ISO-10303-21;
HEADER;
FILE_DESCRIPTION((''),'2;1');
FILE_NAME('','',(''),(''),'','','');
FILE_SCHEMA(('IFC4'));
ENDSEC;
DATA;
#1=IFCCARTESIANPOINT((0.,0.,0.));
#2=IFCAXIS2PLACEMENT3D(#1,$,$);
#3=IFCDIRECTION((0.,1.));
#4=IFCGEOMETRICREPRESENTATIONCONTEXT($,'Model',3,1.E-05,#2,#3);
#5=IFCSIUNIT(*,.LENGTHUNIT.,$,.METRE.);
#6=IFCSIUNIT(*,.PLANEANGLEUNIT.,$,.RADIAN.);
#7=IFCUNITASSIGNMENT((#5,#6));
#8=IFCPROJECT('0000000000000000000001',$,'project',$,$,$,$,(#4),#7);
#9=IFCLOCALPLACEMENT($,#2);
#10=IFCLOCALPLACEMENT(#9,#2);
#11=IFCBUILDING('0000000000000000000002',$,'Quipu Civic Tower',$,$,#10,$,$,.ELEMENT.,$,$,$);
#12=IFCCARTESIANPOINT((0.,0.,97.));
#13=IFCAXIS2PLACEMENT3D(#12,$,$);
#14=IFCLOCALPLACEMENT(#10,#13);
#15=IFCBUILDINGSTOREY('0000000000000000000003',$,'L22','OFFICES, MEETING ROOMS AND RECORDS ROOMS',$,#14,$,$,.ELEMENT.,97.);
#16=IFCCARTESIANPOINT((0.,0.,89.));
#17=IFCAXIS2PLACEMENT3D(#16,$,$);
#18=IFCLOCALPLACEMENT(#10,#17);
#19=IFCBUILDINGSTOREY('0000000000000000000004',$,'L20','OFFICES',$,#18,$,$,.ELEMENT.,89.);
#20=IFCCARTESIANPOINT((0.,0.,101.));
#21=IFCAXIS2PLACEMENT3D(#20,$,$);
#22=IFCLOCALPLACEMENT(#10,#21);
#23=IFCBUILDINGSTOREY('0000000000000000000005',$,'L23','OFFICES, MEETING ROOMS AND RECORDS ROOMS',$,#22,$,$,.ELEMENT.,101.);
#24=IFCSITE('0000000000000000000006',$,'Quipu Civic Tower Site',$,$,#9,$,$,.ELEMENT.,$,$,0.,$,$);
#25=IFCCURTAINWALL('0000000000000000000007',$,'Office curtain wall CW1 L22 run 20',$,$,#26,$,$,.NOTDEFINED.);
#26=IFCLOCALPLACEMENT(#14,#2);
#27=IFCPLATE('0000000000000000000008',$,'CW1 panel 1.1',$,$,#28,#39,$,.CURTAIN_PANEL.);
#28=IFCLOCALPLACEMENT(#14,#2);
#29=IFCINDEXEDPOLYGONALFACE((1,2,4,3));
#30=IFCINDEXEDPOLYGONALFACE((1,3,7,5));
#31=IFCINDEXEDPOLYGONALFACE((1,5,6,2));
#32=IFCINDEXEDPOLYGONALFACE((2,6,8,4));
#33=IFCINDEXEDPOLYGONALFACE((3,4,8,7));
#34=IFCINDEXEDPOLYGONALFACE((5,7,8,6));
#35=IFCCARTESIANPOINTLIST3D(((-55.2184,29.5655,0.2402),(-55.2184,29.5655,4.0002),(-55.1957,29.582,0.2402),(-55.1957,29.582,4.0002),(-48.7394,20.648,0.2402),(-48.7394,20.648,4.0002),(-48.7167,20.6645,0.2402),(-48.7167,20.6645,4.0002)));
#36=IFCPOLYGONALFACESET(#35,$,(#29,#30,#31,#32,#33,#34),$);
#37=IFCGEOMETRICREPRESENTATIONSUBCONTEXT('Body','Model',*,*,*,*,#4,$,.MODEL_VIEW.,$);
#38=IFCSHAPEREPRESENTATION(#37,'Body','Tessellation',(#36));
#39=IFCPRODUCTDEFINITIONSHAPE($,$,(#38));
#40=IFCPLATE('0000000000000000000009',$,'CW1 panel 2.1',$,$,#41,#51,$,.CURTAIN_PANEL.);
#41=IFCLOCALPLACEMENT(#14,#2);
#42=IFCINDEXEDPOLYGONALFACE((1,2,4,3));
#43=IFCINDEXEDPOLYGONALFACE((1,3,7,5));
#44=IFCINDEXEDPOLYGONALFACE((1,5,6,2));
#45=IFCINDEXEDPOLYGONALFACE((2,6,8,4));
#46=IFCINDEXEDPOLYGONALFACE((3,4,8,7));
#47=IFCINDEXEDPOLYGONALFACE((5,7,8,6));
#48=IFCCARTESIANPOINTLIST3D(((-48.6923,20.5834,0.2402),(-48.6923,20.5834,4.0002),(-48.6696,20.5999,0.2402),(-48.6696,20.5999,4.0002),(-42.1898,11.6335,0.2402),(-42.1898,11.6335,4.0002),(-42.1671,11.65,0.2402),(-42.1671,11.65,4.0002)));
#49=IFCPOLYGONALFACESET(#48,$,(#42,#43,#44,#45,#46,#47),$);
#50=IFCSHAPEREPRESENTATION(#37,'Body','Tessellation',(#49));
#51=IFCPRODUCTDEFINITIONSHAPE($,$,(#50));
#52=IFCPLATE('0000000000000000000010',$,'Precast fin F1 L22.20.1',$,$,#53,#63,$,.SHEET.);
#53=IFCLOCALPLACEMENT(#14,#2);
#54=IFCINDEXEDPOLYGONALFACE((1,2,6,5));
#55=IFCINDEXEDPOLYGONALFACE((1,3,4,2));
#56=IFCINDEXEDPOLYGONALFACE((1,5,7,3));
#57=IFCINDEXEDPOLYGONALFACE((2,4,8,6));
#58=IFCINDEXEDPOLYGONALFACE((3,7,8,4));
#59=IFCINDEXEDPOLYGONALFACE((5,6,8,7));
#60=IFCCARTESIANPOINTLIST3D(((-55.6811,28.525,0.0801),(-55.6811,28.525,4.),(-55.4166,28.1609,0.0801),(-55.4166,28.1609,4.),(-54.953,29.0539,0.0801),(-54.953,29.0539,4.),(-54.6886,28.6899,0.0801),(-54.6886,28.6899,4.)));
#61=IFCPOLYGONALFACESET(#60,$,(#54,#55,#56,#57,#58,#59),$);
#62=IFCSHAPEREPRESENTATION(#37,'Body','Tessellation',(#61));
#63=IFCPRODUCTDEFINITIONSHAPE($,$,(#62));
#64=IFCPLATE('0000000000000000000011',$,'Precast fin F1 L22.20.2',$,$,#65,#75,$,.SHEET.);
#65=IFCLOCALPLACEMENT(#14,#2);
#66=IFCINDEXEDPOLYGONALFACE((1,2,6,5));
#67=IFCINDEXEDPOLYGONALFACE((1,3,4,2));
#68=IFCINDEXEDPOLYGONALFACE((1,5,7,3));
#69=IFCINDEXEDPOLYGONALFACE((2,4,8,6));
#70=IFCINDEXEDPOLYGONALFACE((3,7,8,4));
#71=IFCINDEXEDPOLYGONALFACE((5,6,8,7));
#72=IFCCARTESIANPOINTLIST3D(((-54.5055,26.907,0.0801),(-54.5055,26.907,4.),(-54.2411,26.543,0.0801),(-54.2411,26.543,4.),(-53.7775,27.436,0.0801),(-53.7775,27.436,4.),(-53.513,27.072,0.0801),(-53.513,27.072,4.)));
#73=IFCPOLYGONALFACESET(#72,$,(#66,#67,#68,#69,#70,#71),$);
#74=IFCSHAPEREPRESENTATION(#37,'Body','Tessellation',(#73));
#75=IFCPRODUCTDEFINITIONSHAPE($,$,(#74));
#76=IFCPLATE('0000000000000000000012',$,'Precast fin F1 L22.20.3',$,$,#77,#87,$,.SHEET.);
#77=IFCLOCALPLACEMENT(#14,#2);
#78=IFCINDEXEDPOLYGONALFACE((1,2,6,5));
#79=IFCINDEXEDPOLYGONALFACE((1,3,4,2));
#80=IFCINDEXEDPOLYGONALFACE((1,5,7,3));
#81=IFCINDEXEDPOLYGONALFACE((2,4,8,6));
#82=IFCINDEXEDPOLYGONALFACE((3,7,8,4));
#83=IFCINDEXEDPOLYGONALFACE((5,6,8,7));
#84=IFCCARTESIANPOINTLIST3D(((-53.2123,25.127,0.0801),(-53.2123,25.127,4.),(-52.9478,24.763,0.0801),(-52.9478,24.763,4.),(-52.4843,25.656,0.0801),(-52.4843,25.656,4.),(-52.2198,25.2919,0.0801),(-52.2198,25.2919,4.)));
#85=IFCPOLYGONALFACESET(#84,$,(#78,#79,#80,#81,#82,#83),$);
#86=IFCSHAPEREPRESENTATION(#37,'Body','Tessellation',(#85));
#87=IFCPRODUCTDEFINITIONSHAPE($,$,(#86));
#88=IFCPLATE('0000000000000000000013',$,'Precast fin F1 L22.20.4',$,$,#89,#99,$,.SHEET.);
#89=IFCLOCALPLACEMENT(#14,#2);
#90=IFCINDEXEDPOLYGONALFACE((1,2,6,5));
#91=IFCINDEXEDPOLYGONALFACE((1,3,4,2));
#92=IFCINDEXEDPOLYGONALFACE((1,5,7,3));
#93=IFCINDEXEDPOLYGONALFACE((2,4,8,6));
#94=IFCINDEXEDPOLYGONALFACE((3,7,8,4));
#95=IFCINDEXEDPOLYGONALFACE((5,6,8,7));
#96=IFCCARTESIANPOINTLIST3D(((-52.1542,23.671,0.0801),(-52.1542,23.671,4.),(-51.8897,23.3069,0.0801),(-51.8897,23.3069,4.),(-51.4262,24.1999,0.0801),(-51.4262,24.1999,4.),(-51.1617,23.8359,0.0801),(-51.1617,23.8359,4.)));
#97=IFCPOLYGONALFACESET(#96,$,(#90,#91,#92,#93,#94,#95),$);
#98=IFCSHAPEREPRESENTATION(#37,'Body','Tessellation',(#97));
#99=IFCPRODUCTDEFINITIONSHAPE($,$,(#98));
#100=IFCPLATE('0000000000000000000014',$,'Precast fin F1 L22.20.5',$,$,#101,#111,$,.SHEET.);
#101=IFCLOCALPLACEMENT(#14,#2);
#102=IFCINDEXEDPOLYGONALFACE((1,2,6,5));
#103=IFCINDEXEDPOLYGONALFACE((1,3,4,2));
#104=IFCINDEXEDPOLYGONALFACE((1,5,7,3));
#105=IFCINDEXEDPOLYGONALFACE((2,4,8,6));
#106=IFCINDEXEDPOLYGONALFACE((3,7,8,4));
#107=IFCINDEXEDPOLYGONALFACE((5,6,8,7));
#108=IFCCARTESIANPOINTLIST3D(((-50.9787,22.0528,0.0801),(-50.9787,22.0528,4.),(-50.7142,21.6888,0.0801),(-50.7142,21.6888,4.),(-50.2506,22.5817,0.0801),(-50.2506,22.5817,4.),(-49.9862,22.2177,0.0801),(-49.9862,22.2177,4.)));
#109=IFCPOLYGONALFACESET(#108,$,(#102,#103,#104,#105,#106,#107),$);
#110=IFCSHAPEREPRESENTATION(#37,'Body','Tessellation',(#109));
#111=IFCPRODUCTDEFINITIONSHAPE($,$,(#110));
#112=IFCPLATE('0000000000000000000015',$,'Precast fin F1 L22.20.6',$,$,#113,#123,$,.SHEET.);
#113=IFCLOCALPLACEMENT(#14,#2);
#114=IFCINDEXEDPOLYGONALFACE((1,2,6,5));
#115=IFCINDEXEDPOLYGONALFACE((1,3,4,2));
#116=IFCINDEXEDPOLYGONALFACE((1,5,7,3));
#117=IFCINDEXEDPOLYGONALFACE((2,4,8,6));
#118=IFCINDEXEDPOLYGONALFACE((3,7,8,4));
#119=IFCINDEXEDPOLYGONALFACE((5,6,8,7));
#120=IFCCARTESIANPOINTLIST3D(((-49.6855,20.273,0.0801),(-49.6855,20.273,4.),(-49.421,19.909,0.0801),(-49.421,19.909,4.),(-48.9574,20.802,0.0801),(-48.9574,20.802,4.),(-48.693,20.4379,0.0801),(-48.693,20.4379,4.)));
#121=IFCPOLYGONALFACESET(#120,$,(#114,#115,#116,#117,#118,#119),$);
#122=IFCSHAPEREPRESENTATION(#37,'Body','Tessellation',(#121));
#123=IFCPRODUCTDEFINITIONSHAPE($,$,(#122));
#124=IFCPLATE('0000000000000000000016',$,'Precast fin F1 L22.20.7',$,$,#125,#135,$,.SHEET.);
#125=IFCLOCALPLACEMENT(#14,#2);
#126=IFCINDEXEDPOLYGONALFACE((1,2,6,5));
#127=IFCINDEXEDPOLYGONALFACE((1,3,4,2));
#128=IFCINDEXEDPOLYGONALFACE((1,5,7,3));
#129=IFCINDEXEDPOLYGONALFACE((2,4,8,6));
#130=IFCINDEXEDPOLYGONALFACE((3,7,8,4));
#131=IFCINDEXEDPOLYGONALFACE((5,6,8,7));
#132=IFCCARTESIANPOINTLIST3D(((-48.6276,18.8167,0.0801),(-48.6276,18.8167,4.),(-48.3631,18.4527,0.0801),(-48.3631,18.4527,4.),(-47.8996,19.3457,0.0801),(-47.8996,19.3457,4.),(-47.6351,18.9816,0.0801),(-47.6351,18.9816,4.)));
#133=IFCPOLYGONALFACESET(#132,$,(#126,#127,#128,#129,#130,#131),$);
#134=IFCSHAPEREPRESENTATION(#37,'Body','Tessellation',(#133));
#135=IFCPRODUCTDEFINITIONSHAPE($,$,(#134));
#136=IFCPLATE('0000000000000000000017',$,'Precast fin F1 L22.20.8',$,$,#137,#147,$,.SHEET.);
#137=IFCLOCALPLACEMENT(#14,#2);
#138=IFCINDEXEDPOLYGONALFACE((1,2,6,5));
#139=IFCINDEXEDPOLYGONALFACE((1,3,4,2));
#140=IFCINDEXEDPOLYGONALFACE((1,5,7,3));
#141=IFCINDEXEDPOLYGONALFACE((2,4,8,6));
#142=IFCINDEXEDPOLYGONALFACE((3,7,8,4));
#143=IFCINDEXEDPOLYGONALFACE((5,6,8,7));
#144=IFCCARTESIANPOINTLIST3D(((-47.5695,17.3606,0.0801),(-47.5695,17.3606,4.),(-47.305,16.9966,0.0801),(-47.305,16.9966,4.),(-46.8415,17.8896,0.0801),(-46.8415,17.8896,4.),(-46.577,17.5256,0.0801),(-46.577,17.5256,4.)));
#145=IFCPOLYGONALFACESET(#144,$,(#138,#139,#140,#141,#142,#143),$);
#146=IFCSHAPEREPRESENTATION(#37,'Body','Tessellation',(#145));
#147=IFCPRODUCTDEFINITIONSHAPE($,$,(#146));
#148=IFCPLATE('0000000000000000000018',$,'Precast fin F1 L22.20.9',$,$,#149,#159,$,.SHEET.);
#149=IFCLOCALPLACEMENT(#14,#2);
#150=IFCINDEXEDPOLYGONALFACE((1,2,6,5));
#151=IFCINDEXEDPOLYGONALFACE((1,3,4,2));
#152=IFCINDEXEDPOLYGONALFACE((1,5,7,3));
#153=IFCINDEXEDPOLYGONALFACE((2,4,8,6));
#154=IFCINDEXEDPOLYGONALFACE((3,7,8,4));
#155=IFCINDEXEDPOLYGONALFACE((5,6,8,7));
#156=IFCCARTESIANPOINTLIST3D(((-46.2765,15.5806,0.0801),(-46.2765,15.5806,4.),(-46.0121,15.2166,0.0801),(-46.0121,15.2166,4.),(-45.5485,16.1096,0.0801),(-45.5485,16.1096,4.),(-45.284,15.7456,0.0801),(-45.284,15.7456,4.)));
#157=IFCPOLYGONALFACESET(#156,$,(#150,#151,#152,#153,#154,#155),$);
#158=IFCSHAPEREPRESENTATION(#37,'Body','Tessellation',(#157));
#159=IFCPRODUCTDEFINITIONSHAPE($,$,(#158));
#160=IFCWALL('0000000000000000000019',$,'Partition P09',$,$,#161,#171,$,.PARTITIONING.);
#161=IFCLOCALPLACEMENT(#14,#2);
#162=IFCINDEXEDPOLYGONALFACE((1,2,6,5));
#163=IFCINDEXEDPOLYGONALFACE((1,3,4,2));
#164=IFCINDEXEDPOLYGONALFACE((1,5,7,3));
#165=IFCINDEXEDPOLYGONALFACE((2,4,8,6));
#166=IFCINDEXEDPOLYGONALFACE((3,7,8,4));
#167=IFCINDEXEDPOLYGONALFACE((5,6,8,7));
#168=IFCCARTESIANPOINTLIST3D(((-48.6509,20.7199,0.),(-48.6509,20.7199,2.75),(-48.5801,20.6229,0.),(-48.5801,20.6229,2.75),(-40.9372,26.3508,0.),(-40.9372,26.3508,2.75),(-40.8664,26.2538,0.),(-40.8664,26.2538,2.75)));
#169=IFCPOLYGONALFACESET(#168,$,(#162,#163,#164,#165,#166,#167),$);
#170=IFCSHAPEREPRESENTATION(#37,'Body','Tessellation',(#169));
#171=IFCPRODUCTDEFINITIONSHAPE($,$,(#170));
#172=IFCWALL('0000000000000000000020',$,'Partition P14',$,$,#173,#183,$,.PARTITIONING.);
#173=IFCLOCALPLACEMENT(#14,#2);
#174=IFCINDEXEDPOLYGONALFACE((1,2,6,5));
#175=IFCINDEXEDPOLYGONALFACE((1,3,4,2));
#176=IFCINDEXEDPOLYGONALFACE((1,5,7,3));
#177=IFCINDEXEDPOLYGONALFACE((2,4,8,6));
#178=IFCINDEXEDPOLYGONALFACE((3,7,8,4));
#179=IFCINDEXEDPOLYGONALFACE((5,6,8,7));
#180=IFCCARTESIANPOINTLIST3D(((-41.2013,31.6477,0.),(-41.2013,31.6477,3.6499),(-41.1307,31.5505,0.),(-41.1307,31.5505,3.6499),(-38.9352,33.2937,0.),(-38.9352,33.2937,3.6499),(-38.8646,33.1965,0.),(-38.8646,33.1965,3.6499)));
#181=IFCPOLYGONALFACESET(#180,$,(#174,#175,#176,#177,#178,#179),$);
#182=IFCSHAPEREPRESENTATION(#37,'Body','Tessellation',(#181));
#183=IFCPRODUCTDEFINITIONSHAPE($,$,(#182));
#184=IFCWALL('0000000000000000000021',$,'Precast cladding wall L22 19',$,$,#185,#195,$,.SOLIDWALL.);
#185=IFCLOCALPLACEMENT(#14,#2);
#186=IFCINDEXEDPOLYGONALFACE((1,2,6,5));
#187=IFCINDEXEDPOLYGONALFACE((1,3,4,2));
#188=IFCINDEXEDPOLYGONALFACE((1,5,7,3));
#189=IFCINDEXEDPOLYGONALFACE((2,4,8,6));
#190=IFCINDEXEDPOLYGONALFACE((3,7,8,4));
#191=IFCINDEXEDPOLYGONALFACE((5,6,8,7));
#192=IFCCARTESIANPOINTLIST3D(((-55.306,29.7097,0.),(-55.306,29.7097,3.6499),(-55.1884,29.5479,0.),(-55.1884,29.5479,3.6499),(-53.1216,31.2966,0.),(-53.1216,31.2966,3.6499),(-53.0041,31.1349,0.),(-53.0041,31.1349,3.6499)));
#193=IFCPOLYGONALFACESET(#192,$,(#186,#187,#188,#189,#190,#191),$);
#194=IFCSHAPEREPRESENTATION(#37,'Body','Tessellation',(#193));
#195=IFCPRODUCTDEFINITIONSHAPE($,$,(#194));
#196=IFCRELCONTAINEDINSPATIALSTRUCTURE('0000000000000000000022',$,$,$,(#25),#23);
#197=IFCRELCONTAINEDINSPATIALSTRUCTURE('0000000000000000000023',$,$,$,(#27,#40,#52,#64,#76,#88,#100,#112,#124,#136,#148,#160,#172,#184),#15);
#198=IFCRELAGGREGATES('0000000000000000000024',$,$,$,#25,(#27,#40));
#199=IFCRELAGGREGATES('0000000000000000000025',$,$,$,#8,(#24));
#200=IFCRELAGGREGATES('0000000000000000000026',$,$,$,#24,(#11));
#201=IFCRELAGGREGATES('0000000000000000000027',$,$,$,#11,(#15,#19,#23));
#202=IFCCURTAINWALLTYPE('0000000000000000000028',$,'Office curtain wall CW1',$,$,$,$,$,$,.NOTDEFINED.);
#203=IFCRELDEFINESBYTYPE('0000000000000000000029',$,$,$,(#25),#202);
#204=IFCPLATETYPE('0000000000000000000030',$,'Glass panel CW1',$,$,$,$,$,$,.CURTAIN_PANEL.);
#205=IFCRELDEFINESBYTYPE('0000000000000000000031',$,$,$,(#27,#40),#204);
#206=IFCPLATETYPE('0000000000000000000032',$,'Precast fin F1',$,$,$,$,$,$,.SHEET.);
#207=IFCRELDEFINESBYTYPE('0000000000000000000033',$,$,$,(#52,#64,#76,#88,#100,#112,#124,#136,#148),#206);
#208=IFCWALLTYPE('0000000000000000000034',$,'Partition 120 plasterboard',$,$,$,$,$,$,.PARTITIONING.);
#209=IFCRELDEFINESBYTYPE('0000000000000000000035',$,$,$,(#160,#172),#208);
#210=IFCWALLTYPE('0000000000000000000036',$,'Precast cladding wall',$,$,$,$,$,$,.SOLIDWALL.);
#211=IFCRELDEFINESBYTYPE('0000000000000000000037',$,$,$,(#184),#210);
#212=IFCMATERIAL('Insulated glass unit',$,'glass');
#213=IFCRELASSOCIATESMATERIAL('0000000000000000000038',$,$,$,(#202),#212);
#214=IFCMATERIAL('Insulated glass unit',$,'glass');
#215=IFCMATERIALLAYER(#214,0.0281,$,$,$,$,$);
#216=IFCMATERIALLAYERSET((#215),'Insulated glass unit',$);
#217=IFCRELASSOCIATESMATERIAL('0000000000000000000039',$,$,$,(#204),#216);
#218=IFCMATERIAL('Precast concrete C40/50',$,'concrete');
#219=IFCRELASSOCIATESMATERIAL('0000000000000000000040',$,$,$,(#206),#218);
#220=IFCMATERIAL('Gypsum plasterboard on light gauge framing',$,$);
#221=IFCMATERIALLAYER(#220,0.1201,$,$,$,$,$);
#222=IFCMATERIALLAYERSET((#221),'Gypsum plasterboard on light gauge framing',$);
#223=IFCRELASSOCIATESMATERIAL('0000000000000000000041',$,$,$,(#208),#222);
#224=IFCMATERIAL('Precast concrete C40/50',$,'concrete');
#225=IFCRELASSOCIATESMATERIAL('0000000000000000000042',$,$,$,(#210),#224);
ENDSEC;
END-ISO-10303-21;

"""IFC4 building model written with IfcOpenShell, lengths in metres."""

from ifc_helpers import new_model, si_unit, direction, frame, frame_2d, origin, origin_2d, place, context, subcontext, project, spatial, rectangle, extrude, material, layer, layer_set, type_object, element, aggregate, save


model = new_model("IFC4")

# Units and contexts
model_context = context("Model", 3, precision=1e-05, world=origin(), true_north=direction((0.0, 1.0)))
body_context = subcontext(model_context, "Body", "Model", "MODEL_VIEW")
ifc_project = project(units=[si_unit("LENGTHUNIT", "METRE"), si_unit("PLANEANGLEUNIT", "RADIAN")], contexts=[model_context])

# Site, building, storey
site_placement = place(None, origin())
site = spatial("IfcSite", under=ifc_project, at=site_placement, Name="Quipu Civic Tower Site", CompositionType="ELEMENT", RefElevation=0.0)
building_placement = place(site_placement, origin())
building = spatial("IfcBuilding", under=site, at=building_placement, Name="Quipu Civic Tower", CompositionType="ELEMENT")
storey_1_placement = place(building_placement, frame((0.0, 0.0, 97.0)))
storey_1 = spatial("IfcBuildingStorey", under=building, at=storey_1_placement, Name="L22", Description="OFFICES, MEETING ROOMS AND RECORDS ROOMS", CompositionType="ELEMENT", Elevation=97.0)

# Shared definitions
storey_2_placement = place(building_placement, frame((0.0, 0.0, 89.0)))
storey_2 = spatial("IfcBuildingStorey", under=building, at=storey_2_placement, Name="L20", Description="OFFICES", CompositionType="ELEMENT", Elevation=89.0)

# Shared definitions
ifc_material_1 = material(Name="Insulated glass unit", Category="glass")
curtain_wall_type = type_object("IfcCurtainWallType", Name="Office curtain wall CW1", PredefinedType="NOTDEFINED", material=ifc_material_1)

# Shared definitions
storey_3_placement = place(building_placement, frame((0.0, 0.0, 101.0)))
storey_3 = spatial("IfcBuildingStorey", under=building, at=storey_3_placement, Name="L23", Description="OFFICES, MEETING ROOMS AND RECORDS ROOMS", CompositionType="ELEMENT", Elevation=101.0)

# Curtain wall, plates
curtain_wall_1_placement = place(storey_3_placement, origin())
curtain_wall_1 = element("IfcCurtainWall", 1, at=curtain_wall_1_placement, inside=storey_3, type_object=curtain_wall_type, Name="Office curtain wall CW1 L22 run 20", PredefinedType="NOTDEFINED")
ifc_material_2 = material(Name="Insulated glass unit", Category="glass")
ifc_layer_1 = layer(ifc_material_2, 0.0281)
ifc_layer_set_1 = layer_set([ifc_layer_1], Name="Insulated glass unit")
plate_type_1 = type_object("IfcPlateType", Name="Glass panel CW1", PredefinedType="CURTAIN_PANEL", material=ifc_layer_set_1)
plate_1_placement = place(storey_1_placement, frame((-51.9675, 25.115, 0.2402), z_axis=(0.0, 0.0, 1.0), x_axis=(0.587786, -0.809017, 0.0)))
plate_1 = element("IfcPlate", 2, at=plate_1_placement, inside=storey_1, type_object=plate_type_1, Name="CW1 panel 1.1", PredefinedType="CURTAIN_PANEL", context=body_context, shape_type="SweptSolid", body=[
    extrude(rectangle(XDim=11.0227, YDim=0.0281, at=origin_2d()), origin(), (0.0, 0.0, 1.0), 3.76),
])
plate_2_placement = place(storey_1_placement, frame((-45.4297, 16.1167, 0.2402), z_axis=(0.0, 0.0, 1.0), x_axis=(0.587786, -0.809017, 0.0)))
plate_2 = element("IfcPlate", 3, at=plate_2_placement, inside=storey_1, type_object=plate_type_1, Name="CW1 panel 2.1", PredefinedType="CURTAIN_PANEL", context=body_context, shape_type="SweptSolid", body=[
    extrude(rectangle(XDim=11.0627, YDim=0.0281, at=origin_2d()), origin(), (0.0, 0.0, 1.0), 3.76),
])
aggregate(curtain_wall_1, [plate_1, plate_2])

# Plates
ifc_material_3 = material(Name="Precast concrete C40/50", Category="concrete")
plate_type_2 = type_object("IfcPlateType", Name="Precast fin F1", PredefinedType="SHEET", material=ifc_material_3)
for number, where, z_axis, x_axis, name in (
    (4, (-55.1848, 28.6074, 0.0801), (0.0, 0.0, 1.0), (0.587786, -0.809017, 0.0), "Precast fin F1 L22.20.1"),
    (5, (-54.0093, 26.9895, 0.0801), (0.0, 0.0, 1.0), (0.587786, -0.809017, 0.0), "Precast fin F1 L22.20.2"),
    (6, (-52.7161, 25.2095, 0.0801), (0.0, 0.0, 1.0), (0.587786, -0.809017, 0.0), "Precast fin F1 L22.20.3"),
    (7, (-51.658, 23.7534, 0.0801), (0.0, 0.0, 1.0), (0.587786, -0.809017, 0.0), "Precast fin F1 L22.20.4"),
    (8, (-50.4824, 22.1353, 0.0801), (0.0, 0.0, 1.0), (0.587786, -0.809017, 0.0), "Precast fin F1 L22.20.5"),
    (9, (-49.1892, 20.3555, 0.0801), (0.0, 0.0, 1.0), (0.587786, -0.809017, 0.0), "Precast fin F1 L22.20.6"),
    (10, (-48.1313, 18.8992, 0.0801), (0.0, 0.0, 1.0), (0.587786, -0.809017, 0.0), "Precast fin F1 L22.20.7"),
    (11, (-47.0732, 17.4431, 0.0801), (0.0, 0.0, 1.0), (0.587786, -0.809017, 0.0), "Precast fin F1 L22.20.8"),
    (12, (-45.7803, 15.6631, 0.0801), (0.0, 0.0, 1.0), (0.587786, -0.809017, 0.0), "Precast fin F1 L22.20.9"),
):
    element("IfcPlate", number, at=place(storey_1_placement, frame(where, z_axis=z_axis, x_axis=x_axis)), inside=storey_1, type_object=plate_type_2, Name=name, PredefinedType="SHEET", context=body_context, shape_type="SweptSolid", body=[
        extrude(rectangle(XDim=0.45, YDim=0.8999, at=origin_2d()), origin(), (0.0, 0.0, 1.0), 3.9199),
    ])

# Walls
ifc_material_4 = material(Name="Gypsum plasterboard on light gauge framing")
ifc_layer_2 = layer(ifc_material_4, 0.1201)
ifc_layer_set_2 = layer_set([ifc_layer_2], Name="Gypsum plasterboard on light gauge framing")
wall_type_1 = type_object("IfcWallType", Name="Partition 120 plasterboard", PredefinedType="PARTITIONING", material=ifc_layer_set_2)
wall_1_placement = place(storey_1_placement, frame((-48.6155, 20.6714, 0.0), z_axis=(0.0, 0.0, 1.0), x_axis=(0.807691, 0.589606, 0.0)))
element("IfcWall", 13, at=wall_1_placement, inside=storey_1, type_object=wall_type_1, Name="Partition P09", PredefinedType="PARTITIONING", context=body_context, shape_type="SweptSolid", body=[
    extrude(rectangle(XDim=9.5503, YDim=0.1201, at=frame_2d((4.7751, 0.0))), origin(), (0.0, 0.0, 1.0), 2.75),
])
wall_2_placement = place(storey_1_placement, frame((-41.166, 31.5991, 0.0), z_axis=(0.0, 0.0, 1.0), x_axis=(0.80909, 0.587684, 0.0)))
element("IfcWall", 14, at=wall_2_placement, inside=storey_1, type_object=wall_type_1, Name="Partition P14", PredefinedType="PARTITIONING", context=body_context, shape_type="SweptSolid", body=[
    extrude(rectangle(XDim=2.8008, YDim=0.1201, at=frame_2d((1.4004, 0.0))), origin(), (0.0, 0.0, 1.0), 3.6499),
])
ifc_material_5 = material(Name="Precast concrete C40/50", Category="concrete")
wall_type_2 = type_object("IfcWallType", Name="Precast cladding wall", PredefinedType="SOLIDWALL", material=ifc_material_5)
wall_3_placement = place(storey_1_placement, frame((-53.0627, 31.2158, 0.0), z_axis=(0.0, 0.0, 1.0), x_axis=(-0.809033, -0.587763, 0.0)))
element("IfcWall", 15, at=wall_3_placement, inside=storey_1, type_object=wall_type_2, Name="Precast cladding wall L22 19", PredefinedType="SOLIDWALL", context=body_context, shape_type="SweptSolid", body=[
    extrude(rectangle(XDim=2.7, YDim=0.2, at=frame_2d((1.3501, 0.0))), origin(), (0.0, 0.0, 1.0), 3.6499),
])

save(model, "model.ifc")
